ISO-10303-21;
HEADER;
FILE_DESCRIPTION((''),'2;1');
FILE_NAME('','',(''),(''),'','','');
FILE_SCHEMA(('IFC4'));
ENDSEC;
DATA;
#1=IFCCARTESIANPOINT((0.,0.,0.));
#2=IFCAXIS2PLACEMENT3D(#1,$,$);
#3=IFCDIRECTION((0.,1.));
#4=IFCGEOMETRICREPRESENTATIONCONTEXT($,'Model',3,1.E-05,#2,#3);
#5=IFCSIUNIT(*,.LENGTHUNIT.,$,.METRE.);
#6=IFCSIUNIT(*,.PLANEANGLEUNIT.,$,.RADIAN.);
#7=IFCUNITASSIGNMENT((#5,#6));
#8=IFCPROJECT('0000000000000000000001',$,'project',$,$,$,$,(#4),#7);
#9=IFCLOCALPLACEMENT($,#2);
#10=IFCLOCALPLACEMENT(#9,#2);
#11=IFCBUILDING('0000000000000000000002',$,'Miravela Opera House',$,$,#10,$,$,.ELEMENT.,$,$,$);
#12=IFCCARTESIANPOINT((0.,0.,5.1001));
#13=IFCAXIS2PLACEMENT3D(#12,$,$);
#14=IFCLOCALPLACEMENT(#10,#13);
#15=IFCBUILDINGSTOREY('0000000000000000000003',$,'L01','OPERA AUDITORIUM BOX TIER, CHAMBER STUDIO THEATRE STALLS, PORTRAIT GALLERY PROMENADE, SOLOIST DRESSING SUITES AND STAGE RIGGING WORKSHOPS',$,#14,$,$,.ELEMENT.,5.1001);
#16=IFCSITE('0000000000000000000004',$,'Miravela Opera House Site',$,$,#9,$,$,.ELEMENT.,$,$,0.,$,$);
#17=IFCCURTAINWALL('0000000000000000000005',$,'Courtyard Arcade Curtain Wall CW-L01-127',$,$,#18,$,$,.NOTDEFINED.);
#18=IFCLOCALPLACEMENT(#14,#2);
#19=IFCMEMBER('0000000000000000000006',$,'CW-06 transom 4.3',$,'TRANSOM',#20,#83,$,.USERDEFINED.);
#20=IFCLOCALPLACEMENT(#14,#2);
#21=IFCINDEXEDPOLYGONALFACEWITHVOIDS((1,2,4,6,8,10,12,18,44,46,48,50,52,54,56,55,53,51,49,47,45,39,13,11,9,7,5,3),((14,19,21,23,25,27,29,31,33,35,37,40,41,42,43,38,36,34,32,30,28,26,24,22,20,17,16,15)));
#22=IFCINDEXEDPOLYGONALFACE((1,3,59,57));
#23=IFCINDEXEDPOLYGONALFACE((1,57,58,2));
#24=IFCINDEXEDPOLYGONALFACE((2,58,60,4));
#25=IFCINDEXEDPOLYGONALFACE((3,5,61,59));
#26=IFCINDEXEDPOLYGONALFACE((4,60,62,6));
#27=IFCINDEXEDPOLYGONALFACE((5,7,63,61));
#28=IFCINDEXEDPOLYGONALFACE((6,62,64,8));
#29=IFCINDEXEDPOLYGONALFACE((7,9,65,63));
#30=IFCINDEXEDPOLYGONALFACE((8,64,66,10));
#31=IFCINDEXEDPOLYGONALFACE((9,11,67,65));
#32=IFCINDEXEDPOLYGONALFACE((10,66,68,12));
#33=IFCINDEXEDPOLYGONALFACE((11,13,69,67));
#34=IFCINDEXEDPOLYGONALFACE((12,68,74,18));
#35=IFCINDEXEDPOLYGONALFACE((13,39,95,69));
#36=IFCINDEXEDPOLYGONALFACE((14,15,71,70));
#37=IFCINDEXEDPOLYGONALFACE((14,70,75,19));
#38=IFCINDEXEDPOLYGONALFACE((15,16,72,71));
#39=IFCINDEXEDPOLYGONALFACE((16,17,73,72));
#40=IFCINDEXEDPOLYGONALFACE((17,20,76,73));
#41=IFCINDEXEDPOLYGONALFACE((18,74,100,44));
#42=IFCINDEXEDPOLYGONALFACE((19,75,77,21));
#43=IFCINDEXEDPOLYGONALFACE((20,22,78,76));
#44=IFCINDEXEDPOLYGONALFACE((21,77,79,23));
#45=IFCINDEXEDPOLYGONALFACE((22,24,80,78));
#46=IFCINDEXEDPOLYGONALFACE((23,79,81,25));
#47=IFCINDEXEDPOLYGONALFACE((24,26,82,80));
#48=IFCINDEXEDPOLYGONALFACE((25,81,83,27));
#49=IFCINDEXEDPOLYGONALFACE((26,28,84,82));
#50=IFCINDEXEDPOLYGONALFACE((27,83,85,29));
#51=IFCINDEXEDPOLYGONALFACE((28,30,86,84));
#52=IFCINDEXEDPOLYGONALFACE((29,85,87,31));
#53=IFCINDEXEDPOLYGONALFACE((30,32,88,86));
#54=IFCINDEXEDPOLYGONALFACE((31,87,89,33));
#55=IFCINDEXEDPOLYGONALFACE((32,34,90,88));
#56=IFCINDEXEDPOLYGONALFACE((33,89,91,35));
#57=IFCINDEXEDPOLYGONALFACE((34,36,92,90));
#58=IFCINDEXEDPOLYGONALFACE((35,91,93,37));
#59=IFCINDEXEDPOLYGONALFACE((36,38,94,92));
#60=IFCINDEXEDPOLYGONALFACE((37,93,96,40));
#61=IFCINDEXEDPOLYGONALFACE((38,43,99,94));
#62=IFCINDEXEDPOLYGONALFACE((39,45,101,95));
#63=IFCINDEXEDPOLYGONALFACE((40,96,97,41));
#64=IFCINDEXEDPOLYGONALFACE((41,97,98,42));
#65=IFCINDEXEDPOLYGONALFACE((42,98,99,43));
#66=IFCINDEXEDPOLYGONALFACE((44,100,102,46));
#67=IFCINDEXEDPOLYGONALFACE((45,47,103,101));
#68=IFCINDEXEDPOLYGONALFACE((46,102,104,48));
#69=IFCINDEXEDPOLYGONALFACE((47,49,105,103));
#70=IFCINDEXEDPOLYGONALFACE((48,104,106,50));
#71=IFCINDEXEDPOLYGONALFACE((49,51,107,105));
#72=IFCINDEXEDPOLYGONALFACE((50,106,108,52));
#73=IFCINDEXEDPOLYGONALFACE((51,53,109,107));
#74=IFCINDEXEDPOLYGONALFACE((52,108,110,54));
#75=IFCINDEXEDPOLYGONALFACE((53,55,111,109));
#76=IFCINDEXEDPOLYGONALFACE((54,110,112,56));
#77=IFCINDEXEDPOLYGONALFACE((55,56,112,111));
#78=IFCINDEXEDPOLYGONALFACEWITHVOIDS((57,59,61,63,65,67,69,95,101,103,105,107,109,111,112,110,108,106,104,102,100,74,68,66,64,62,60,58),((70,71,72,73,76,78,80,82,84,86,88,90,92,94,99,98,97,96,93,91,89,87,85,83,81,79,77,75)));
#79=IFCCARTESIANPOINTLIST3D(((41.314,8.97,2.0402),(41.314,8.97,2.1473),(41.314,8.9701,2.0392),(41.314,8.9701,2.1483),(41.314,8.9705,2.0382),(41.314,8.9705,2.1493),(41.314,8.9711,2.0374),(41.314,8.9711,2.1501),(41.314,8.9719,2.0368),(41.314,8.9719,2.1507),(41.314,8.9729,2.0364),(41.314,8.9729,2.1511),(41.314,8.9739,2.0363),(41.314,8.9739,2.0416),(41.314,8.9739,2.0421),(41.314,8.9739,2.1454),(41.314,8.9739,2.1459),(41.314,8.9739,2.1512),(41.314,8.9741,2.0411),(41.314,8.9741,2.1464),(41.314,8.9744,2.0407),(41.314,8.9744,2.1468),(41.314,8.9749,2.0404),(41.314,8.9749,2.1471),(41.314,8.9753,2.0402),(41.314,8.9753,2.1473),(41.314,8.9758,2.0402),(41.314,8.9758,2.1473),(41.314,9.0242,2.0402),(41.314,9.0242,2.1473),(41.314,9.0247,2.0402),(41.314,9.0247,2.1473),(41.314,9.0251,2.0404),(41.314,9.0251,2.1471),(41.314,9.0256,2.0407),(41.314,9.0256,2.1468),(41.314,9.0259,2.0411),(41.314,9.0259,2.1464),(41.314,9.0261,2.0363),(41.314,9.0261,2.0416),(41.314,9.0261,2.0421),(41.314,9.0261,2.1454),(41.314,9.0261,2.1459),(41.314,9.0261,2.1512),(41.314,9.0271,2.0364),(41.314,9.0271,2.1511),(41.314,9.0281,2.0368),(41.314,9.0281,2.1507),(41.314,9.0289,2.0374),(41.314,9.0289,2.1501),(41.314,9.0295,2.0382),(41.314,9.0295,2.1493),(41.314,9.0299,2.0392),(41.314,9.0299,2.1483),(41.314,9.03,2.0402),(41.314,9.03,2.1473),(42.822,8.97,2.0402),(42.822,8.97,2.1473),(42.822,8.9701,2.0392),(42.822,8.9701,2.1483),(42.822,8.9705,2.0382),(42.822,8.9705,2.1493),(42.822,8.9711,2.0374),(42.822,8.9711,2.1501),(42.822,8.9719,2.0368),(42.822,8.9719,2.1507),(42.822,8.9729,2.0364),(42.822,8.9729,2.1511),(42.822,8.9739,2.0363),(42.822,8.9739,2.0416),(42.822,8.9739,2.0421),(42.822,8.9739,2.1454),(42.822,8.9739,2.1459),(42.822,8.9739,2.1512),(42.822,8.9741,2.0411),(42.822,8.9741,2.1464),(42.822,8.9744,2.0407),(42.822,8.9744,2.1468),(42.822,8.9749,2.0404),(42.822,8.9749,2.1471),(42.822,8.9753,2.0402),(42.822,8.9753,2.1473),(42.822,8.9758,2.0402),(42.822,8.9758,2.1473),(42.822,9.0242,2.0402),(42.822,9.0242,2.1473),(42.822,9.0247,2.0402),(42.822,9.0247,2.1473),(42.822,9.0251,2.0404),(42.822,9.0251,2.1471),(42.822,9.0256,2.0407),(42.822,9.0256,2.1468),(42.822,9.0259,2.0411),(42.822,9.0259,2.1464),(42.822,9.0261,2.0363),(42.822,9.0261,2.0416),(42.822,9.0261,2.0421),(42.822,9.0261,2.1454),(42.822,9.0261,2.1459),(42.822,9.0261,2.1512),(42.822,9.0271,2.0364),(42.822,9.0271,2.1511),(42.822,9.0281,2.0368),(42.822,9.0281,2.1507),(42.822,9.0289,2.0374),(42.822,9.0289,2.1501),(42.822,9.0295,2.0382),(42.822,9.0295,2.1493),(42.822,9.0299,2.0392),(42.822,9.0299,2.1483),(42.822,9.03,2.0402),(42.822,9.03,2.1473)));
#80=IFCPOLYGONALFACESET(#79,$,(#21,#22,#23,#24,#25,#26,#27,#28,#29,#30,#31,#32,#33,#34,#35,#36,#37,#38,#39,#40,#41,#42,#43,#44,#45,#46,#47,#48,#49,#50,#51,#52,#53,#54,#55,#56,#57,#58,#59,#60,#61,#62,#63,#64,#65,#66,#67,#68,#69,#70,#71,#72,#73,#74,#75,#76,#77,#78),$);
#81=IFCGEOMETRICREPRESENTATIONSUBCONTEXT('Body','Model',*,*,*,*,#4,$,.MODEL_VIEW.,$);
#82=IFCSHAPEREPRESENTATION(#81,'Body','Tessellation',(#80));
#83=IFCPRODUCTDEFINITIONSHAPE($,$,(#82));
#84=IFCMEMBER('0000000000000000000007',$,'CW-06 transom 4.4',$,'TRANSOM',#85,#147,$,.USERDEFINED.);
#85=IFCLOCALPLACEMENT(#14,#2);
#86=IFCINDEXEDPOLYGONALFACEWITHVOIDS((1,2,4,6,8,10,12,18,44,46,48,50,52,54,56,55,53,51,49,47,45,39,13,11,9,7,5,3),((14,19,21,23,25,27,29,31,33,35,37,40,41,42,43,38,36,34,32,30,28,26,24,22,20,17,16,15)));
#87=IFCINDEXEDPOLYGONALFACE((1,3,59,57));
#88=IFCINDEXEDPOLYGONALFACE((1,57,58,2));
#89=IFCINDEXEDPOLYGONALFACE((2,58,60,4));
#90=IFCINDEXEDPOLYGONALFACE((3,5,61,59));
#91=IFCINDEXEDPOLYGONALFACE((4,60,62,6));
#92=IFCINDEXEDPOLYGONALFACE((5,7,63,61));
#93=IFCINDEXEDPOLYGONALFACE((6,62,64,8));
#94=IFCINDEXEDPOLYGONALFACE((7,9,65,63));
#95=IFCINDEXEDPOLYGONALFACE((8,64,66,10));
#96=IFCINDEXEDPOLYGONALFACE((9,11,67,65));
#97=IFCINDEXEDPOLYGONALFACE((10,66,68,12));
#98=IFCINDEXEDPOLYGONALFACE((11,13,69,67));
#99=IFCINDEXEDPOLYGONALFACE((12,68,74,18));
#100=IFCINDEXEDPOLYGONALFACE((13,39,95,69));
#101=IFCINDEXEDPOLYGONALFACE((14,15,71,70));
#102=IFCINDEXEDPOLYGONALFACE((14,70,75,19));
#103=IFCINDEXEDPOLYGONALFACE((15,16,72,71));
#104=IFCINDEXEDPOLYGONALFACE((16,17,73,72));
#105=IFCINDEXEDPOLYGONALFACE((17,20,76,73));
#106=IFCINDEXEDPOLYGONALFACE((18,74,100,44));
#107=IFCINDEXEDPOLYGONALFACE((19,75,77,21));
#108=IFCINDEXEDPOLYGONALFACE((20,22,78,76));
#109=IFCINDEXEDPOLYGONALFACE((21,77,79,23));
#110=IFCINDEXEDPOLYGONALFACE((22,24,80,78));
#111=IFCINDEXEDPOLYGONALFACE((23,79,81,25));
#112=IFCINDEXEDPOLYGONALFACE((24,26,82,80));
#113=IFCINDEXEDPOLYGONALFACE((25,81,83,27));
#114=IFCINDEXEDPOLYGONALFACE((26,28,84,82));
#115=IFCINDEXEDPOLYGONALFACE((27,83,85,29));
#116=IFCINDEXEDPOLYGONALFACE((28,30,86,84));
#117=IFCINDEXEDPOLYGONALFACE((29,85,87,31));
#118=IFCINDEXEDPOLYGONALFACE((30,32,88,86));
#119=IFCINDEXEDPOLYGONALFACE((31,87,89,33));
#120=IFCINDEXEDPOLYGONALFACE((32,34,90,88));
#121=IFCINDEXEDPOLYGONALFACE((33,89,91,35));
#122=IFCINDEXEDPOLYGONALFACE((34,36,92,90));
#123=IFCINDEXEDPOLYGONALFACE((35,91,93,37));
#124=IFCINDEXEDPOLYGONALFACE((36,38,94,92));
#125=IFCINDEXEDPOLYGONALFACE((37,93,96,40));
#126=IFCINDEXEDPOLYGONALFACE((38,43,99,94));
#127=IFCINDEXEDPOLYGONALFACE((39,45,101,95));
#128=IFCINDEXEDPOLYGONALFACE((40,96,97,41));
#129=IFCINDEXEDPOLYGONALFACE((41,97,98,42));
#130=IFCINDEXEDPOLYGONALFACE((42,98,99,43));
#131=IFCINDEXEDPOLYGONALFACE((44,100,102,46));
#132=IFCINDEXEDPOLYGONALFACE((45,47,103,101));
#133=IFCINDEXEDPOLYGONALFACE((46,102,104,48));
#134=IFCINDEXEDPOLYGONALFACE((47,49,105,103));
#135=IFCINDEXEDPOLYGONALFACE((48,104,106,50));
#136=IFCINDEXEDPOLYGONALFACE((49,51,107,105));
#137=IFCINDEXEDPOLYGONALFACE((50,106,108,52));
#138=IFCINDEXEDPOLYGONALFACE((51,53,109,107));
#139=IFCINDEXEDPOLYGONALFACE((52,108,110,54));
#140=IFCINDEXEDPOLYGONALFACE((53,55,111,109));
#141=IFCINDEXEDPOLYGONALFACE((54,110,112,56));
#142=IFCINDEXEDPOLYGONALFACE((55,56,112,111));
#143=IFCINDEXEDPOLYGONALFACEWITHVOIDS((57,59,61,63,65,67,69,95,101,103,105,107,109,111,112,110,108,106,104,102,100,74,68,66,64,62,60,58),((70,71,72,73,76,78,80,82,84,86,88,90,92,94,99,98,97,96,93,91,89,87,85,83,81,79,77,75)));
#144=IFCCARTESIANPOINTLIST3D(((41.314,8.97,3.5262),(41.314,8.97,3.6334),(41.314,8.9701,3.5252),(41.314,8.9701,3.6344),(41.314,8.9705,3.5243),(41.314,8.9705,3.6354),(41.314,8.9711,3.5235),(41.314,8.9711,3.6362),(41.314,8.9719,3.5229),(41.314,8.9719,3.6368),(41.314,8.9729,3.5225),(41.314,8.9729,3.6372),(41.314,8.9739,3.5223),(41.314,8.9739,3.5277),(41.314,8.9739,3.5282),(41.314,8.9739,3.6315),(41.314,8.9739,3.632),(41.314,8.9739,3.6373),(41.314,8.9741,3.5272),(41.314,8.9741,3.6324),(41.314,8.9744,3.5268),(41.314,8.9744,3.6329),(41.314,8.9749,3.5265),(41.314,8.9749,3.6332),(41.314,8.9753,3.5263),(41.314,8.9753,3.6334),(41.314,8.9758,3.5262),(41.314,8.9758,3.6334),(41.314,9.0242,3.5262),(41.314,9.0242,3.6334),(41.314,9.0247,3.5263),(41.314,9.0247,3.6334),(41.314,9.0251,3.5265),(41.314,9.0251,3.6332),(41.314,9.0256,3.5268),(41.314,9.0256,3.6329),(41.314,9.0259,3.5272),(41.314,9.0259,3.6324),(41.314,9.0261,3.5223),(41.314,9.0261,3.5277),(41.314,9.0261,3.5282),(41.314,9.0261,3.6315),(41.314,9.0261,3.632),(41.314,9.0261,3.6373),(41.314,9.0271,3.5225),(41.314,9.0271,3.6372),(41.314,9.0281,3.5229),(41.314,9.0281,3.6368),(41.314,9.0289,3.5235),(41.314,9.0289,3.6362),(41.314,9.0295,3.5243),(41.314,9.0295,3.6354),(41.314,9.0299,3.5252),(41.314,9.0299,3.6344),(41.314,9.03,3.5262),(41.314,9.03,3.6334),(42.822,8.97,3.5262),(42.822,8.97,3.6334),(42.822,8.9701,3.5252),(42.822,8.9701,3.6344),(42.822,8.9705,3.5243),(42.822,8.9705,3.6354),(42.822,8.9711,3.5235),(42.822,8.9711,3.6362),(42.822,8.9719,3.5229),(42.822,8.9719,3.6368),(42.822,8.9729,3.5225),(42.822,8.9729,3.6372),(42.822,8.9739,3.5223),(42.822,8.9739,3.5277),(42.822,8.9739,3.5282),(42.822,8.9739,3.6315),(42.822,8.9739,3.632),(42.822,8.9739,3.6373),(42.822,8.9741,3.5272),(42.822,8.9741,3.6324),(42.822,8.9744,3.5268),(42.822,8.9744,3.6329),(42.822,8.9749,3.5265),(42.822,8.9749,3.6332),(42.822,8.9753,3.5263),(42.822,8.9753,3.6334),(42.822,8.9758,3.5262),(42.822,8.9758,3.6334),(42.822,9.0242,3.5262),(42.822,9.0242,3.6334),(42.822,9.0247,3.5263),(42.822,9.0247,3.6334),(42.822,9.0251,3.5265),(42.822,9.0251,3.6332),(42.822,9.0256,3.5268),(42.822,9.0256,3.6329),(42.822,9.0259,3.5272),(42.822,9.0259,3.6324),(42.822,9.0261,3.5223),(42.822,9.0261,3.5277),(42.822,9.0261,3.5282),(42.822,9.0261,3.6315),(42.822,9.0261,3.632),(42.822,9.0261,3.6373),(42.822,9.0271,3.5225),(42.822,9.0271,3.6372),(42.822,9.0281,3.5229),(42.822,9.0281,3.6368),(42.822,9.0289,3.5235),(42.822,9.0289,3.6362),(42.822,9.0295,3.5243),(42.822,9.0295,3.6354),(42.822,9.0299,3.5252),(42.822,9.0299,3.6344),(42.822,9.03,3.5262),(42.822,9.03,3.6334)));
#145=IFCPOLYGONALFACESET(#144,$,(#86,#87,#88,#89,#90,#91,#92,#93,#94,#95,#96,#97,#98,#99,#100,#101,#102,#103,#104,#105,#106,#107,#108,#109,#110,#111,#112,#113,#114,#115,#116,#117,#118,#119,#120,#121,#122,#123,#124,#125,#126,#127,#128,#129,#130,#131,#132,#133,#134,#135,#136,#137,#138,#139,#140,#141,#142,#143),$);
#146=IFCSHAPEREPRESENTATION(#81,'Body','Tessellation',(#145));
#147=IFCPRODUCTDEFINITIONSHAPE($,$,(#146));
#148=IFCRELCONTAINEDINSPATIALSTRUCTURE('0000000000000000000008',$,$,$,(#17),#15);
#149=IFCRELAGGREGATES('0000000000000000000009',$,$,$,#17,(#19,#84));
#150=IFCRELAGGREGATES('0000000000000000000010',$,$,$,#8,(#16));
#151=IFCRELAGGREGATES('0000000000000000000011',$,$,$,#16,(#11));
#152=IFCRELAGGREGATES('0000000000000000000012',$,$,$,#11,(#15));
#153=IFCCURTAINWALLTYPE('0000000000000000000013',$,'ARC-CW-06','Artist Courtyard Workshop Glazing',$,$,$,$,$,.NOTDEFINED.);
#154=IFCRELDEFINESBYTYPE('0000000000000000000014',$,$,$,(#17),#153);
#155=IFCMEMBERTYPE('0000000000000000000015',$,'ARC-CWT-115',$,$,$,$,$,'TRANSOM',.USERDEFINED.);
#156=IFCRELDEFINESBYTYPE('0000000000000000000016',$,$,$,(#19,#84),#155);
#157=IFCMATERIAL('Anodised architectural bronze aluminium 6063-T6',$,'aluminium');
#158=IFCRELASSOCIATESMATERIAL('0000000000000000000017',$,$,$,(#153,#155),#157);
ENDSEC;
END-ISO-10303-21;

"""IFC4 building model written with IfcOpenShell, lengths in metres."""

from ifc_helpers import new_model, si_unit, direction, frame, origin, origin_2d, place, context, subcontext, project, spatial, hollow_rectangle, extrude, material, material_profile, profile_set, type_object, element, aggregate, save


model = new_model("IFC4")

# Units and contexts
model_context = context("Model", 3, precision=1e-05, world=origin(), true_north=direction((0.0, 1.0)))
body_context = subcontext(model_context, "Body", "Model", "MODEL_VIEW")
ifc_project = project(units=[si_unit("LENGTHUNIT", "METRE"), si_unit("PLANEANGLEUNIT", "RADIAN")], contexts=[model_context])

# Site, building, storey
site_placement = place(None, origin())
site = spatial("IfcSite", under=ifc_project, at=site_placement, Name="Miravela Opera House Site", CompositionType="ELEMENT", RefElevation=0.0)
building_placement = place(site_placement, origin())
building = spatial("IfcBuilding", under=site, at=building_placement, Name="Miravela Opera House", CompositionType="ELEMENT")
storey_placement = place(building_placement, frame((0.0, 0.0, 5.1001)))
storey = spatial("IfcBuildingStorey", under=building, at=storey_placement, Name="L01", Description="OPERA AUDITORIUM BOX TIER, CHAMBER STUDIO THEATRE STALLS, PORTRAIT GALLERY PROMENADE, SOLOIST DRESSING SUITES AND STAGE RIGGING WORKSHOPS", CompositionType="ELEMENT", Elevation=5.1001)

# Curtain wall, members
ifc_material_1 = material(Name="Anodised architectural bronze aluminium 6063-T6", Category="aluminium")
curtain_wall_type = type_object("IfcCurtainWallType", Name="ARC-CW-06", Description="Artist Courtyard Workshop Glazing", PredefinedType="NOTDEFINED", material=ifc_material_1)
curtain_wall_placement = place(storey_placement, origin())
curtain_wall = element("IfcCurtainWall", 1, at=curtain_wall_placement, inside=storey, type_object=curtain_wall_type, Name="Courtyard Arcade Curtain Wall CW-L01-127", PredefinedType="NOTDEFINED")
ifc_material_profile_1 = material_profile(ifc_material_1, hollow_rectangle(XDim=0.0601, YDim=0.115, WallThickness=0.0039, InnerFilletRadius=0.002, OuterFilletRadius=0.0039, at=origin_2d()), Name="CWT-60X115")
ifc_profile_set_1 = profile_set([ifc_material_profile_1])
member_type_1 = type_object("IfcMemberType", Name="ARC-CWT-115", ElementType="TRANSOM", PredefinedType="USERDEFINED", material=ifc_profile_set_1)
member_1_placement = place(storey_placement, frame((41.314, 9.0, 2.0938), z_axis=(1.0, 0.0, 0.0), x_axis=(0.0, 1.0, 0.0)))
member_1 = element("IfcMember", 2, at=member_1_placement, type_object=member_type_1, Name="CW-06 transom 4.3", ObjectType="TRANSOM", PredefinedType="USERDEFINED", context=body_context, shape_type="SweptSolid", body=[
    extrude(hollow_rectangle(XDim=0.0601, YDim=0.115, WallThickness=0.0039, InnerFilletRadius=0.002, OuterFilletRadius=0.0039, at=origin_2d()), origin(), (0.0, 0.0, 1.0), 1.5081),
])
member_2_placement = place(storey_placement, frame((41.314, 9.0, 3.5798), z_axis=(1.0, 0.0, 0.0), x_axis=(0.0, 1.0, 0.0)))
member_2 = element("IfcMember", 3, at=member_2_placement, type_object=member_type_1, Name="CW-06 transom 4.4", ObjectType="TRANSOM", PredefinedType="USERDEFINED", context=body_context, shape_type="SweptSolid", body=[
    extrude(hollow_rectangle(XDim=0.0601, YDim=0.115, WallThickness=0.0039, InnerFilletRadius=0.002, OuterFilletRadius=0.0039, at=origin_2d()), origin(), (0.0, 0.0, 1.0), 1.5081),
])

aggregate(curtain_wall, [member_1, member_2])

save(model, "model.ifc")
